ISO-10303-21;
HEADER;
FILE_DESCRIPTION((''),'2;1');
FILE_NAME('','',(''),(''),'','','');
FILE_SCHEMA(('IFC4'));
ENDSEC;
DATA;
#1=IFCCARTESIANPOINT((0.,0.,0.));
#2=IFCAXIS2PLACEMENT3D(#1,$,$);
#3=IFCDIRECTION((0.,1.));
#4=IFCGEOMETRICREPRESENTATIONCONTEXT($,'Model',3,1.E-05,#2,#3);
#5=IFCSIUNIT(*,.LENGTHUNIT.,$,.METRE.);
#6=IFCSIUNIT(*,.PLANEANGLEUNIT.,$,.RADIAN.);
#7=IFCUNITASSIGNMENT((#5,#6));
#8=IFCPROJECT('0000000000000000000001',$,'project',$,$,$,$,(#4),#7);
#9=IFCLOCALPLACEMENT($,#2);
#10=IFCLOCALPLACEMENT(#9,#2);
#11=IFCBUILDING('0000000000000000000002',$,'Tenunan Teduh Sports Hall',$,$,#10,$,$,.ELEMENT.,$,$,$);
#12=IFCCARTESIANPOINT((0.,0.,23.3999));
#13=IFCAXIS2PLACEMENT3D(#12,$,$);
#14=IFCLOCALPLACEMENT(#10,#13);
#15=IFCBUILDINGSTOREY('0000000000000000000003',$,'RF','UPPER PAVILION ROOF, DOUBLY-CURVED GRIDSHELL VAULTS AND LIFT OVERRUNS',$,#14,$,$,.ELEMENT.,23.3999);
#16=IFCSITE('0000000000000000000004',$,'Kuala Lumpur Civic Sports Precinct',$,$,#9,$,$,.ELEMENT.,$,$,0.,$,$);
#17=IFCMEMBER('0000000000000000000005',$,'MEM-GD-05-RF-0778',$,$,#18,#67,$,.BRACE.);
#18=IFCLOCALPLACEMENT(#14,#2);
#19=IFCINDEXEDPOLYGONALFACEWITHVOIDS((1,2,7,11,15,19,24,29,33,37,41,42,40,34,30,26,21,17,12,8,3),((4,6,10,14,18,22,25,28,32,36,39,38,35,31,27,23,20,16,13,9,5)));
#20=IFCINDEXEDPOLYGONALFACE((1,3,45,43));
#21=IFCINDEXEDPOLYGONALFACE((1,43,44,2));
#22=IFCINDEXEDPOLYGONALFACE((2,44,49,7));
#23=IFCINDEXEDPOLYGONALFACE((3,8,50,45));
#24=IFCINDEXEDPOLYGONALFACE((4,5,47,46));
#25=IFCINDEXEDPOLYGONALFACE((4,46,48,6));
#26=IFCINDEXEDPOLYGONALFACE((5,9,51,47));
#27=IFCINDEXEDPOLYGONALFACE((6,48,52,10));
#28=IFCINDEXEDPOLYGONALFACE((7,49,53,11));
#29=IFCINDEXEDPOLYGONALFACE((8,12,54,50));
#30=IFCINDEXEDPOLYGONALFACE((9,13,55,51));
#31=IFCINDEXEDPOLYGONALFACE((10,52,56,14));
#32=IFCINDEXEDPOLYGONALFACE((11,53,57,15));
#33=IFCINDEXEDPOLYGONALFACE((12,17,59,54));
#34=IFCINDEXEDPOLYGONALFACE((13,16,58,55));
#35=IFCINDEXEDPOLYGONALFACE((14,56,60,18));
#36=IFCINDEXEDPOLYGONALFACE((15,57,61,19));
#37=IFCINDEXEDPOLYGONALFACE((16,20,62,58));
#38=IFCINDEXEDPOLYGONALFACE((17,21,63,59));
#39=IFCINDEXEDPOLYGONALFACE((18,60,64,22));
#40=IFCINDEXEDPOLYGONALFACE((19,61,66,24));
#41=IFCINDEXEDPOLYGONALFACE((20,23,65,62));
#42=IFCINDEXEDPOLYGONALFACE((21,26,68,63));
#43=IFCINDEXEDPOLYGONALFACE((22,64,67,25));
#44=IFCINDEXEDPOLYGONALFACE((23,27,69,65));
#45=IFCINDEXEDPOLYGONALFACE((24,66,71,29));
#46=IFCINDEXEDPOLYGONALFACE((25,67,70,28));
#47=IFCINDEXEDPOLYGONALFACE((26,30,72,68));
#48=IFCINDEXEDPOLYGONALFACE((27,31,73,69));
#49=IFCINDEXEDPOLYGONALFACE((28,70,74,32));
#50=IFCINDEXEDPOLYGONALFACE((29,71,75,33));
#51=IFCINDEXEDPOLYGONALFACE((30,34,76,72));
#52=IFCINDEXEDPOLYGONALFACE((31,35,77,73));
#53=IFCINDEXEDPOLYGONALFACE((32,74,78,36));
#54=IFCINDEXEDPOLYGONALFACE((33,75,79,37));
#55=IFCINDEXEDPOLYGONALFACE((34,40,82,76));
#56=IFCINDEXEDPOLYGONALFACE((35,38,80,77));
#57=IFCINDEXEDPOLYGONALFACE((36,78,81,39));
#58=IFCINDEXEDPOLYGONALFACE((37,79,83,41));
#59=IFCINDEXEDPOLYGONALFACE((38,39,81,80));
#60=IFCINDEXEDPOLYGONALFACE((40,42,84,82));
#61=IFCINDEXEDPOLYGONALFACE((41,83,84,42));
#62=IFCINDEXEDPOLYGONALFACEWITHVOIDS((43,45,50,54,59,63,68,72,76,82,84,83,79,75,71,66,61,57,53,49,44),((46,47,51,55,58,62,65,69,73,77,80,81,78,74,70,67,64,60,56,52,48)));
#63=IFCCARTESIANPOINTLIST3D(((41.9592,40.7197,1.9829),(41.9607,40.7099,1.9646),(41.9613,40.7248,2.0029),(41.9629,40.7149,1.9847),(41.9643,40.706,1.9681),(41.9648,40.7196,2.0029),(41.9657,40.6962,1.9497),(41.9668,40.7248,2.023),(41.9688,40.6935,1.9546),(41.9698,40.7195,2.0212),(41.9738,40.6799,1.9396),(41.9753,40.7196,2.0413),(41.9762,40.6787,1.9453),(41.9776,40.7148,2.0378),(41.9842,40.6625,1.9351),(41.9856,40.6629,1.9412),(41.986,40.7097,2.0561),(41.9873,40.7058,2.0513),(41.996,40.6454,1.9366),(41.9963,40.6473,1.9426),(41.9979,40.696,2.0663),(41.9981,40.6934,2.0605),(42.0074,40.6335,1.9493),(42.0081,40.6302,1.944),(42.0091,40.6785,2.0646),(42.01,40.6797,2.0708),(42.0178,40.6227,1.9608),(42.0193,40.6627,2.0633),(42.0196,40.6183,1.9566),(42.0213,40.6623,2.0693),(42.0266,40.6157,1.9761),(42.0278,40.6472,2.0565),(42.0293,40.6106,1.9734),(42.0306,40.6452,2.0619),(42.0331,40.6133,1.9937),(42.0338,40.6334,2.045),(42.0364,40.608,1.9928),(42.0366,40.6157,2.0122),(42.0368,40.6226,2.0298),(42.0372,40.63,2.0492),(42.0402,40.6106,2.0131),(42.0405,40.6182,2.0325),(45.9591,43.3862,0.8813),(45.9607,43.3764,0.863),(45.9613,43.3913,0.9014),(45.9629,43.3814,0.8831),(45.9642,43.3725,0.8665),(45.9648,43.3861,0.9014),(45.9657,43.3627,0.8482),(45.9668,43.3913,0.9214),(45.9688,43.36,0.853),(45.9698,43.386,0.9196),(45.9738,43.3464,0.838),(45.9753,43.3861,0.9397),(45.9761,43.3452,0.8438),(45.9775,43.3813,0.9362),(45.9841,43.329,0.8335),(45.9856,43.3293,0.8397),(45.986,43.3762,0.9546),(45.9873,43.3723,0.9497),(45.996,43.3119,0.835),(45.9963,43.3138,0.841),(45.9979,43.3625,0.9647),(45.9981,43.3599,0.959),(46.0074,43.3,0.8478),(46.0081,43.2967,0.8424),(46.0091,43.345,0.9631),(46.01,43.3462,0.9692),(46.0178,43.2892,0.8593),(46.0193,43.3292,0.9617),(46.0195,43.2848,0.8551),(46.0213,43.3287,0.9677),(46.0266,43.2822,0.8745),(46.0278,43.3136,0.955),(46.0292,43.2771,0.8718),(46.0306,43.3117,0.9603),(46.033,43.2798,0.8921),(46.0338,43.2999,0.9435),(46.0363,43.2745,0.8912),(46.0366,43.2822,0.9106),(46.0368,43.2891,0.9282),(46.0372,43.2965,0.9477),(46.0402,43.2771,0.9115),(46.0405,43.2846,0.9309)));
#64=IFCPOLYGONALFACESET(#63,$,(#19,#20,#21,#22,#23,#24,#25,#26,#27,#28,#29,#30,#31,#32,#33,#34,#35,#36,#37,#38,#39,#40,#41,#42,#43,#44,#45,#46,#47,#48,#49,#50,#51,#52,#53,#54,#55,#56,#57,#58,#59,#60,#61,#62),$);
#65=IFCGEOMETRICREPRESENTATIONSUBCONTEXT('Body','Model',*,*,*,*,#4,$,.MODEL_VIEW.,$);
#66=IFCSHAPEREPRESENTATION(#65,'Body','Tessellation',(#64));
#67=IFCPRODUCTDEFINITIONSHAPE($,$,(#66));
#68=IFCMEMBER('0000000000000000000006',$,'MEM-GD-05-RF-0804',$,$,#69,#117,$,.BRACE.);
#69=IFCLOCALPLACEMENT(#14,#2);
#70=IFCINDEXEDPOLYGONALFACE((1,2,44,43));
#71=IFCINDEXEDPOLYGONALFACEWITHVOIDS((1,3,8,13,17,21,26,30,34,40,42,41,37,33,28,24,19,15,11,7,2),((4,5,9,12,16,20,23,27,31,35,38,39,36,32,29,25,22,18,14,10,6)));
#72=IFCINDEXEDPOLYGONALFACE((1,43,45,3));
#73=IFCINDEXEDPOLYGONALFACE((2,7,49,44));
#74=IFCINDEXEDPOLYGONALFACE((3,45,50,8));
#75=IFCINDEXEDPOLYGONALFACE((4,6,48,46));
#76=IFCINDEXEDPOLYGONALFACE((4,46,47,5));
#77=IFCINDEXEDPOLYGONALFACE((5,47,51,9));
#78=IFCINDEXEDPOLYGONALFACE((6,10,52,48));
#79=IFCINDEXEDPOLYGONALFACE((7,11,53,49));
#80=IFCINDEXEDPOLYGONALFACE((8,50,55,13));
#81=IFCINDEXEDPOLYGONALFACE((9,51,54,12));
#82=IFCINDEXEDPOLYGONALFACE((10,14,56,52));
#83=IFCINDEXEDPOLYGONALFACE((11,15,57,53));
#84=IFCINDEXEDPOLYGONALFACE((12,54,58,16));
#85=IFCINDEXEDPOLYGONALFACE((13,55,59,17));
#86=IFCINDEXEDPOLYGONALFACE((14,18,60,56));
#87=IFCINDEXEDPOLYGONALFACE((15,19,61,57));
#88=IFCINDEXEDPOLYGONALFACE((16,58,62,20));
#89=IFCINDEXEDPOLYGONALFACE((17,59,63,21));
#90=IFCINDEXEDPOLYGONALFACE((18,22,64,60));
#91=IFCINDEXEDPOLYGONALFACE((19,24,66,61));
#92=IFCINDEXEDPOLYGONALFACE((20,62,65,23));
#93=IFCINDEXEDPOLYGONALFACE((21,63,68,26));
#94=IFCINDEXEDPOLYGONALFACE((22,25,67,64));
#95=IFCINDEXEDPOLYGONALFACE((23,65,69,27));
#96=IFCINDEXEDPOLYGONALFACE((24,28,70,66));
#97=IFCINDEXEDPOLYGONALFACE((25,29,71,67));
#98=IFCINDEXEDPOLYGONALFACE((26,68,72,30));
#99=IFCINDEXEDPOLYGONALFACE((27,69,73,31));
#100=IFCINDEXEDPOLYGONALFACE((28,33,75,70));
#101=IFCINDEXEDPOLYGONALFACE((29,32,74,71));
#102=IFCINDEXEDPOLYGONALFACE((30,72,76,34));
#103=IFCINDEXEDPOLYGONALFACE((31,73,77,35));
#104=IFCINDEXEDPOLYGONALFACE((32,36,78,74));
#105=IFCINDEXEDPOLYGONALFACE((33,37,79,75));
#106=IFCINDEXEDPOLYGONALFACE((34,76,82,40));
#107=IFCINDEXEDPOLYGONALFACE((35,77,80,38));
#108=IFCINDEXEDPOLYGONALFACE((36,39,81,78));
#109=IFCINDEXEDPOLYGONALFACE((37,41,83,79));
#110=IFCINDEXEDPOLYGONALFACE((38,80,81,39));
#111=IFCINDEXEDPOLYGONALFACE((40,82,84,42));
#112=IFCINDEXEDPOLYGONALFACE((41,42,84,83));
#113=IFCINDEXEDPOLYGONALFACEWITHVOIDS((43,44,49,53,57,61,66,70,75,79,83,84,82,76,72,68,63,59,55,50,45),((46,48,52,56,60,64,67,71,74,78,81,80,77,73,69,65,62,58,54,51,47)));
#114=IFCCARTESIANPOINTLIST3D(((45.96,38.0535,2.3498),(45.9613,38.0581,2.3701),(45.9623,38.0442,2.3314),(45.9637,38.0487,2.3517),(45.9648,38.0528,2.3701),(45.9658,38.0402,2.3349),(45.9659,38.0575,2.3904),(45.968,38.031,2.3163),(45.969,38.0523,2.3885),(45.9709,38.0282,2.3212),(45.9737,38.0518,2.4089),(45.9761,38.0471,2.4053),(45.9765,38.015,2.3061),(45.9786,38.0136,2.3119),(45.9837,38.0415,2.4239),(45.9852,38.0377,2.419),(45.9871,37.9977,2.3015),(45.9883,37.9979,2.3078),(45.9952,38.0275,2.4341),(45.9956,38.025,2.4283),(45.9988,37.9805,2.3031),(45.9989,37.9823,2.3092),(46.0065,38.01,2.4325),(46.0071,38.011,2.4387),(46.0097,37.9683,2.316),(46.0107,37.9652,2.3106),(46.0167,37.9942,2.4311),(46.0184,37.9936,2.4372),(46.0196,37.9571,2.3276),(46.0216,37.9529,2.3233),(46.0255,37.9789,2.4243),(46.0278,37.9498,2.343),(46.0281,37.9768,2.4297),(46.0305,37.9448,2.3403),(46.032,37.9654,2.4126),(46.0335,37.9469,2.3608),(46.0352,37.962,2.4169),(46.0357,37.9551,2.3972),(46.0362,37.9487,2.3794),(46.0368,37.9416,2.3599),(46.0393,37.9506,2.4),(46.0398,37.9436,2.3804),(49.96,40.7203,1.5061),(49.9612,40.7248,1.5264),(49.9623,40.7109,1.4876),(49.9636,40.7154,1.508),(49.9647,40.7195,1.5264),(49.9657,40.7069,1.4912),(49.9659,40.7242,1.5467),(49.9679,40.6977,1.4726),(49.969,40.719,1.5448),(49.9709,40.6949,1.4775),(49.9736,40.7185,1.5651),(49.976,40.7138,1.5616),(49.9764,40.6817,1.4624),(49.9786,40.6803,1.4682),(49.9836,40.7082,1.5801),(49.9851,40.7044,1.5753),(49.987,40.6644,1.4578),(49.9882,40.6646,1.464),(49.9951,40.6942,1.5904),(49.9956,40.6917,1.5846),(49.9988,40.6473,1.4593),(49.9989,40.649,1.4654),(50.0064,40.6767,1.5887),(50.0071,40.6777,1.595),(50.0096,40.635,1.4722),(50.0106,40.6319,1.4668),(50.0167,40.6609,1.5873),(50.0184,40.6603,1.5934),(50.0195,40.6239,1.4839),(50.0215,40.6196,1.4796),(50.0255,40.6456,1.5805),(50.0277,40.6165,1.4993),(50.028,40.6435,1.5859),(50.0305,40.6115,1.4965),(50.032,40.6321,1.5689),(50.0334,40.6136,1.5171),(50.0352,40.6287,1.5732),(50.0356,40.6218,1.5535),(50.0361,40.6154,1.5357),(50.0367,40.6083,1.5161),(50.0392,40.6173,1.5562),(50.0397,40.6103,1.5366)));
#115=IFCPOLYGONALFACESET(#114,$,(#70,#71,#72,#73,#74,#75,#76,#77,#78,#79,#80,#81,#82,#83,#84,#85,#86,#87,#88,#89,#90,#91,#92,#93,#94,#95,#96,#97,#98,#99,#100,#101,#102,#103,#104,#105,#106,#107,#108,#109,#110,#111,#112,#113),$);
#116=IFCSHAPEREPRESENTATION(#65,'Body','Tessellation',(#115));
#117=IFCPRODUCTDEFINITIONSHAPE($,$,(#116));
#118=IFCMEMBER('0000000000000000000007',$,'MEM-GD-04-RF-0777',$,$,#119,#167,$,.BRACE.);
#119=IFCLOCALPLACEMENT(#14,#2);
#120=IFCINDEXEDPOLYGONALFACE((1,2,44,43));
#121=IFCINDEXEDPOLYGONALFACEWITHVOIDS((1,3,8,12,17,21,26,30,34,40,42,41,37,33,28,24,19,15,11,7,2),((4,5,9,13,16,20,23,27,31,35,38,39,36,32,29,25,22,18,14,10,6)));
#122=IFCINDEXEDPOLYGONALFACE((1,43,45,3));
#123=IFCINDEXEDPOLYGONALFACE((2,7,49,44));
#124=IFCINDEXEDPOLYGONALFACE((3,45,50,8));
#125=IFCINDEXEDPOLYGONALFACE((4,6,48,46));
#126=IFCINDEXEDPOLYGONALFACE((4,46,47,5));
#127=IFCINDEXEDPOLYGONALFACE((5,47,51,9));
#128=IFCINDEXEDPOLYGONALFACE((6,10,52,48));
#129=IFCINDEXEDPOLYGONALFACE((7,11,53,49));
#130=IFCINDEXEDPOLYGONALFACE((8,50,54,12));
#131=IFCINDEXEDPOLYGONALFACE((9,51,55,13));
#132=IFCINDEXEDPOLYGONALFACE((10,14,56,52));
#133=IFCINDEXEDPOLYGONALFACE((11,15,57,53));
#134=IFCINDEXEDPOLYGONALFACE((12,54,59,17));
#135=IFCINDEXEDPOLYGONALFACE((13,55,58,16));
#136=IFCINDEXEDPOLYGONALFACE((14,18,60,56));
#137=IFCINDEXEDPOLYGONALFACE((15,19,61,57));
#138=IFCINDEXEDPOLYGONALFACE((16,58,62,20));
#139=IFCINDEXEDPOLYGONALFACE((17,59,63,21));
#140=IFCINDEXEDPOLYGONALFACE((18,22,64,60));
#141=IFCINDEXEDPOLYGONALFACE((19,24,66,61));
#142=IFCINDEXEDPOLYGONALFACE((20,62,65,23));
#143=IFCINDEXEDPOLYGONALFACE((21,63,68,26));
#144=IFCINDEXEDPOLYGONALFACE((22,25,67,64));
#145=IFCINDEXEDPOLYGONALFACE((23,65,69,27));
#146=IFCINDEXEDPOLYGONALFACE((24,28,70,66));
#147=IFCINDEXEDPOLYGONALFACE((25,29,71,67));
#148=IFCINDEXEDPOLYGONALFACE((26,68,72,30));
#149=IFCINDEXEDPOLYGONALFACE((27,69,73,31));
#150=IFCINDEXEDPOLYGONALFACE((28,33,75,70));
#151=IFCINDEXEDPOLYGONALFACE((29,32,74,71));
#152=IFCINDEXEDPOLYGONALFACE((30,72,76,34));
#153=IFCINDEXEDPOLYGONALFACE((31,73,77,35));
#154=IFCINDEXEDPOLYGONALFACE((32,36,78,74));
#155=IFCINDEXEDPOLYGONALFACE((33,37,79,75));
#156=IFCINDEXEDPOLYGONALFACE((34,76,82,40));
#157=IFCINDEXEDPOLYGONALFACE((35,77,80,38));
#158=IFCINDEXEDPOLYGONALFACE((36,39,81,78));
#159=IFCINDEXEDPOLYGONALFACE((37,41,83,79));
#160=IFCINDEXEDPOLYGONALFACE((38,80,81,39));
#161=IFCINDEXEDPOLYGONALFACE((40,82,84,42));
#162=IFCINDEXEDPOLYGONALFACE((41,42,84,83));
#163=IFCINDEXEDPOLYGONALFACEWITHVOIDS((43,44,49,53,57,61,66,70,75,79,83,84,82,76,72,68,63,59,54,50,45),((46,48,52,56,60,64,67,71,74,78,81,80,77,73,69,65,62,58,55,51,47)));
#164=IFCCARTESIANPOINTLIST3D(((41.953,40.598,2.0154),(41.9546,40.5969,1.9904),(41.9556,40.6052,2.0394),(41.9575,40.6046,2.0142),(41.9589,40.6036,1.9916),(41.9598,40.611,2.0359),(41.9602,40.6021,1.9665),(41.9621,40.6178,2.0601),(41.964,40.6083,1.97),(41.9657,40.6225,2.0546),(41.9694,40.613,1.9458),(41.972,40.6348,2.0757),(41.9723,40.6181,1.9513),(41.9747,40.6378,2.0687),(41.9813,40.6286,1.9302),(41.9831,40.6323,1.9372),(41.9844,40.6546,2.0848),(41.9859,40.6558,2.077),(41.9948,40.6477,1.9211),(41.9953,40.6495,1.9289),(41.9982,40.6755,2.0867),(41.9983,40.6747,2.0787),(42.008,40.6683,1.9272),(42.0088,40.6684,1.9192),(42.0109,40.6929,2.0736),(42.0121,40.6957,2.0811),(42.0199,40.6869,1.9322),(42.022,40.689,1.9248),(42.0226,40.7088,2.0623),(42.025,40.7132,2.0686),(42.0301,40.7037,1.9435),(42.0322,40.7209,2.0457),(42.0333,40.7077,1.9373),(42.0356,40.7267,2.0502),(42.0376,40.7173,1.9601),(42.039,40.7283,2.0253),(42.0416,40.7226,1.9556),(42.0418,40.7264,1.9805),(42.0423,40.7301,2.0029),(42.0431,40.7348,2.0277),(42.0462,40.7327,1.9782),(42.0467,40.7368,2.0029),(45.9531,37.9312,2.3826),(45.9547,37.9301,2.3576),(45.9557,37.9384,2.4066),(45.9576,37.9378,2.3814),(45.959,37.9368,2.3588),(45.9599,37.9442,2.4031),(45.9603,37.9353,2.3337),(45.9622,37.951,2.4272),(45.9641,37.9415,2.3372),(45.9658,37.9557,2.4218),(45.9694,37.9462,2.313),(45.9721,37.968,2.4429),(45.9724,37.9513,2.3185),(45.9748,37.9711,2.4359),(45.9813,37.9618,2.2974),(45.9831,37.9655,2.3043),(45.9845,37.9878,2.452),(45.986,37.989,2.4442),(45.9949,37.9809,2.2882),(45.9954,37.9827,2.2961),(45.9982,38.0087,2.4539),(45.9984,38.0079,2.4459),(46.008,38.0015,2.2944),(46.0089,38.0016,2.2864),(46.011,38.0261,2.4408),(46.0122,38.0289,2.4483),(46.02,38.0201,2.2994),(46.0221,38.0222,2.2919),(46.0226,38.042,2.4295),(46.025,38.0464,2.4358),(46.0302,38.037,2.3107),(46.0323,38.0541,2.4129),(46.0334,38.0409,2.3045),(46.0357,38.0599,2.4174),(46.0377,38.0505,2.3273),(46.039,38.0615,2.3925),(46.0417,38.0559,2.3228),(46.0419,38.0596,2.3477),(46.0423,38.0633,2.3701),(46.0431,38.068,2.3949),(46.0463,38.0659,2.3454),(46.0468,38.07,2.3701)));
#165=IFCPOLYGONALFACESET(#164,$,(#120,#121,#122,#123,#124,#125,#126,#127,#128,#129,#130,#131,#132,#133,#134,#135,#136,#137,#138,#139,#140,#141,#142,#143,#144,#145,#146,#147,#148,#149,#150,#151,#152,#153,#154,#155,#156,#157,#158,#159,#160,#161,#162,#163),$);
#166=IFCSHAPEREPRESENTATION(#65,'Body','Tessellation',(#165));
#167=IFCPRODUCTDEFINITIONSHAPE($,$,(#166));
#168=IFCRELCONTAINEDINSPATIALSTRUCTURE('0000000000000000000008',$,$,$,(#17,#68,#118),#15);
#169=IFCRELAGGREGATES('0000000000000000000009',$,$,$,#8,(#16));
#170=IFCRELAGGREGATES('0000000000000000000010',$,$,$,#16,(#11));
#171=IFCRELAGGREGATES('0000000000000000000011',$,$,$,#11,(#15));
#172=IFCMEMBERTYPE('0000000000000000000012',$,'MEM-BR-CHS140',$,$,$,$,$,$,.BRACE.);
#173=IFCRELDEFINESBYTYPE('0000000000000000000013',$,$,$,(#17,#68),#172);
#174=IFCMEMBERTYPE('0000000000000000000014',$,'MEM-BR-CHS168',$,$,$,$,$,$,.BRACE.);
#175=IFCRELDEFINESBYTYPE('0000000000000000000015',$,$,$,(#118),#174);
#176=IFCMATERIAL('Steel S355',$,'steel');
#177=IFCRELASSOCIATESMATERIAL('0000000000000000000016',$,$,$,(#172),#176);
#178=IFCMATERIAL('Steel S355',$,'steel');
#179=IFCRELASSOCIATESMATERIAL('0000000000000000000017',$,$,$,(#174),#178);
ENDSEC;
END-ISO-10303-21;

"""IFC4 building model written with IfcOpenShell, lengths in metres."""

from ifc_helpers import new_model, si_unit, direction, frame, origin, origin_2d, place, context, subcontext, project, spatial, hollow_circle, extrude, material, material_profile, profile_set, type_object, element, save


model = new_model("IFC4")

# Units and contexts
model_context = context("Model", 3, precision=1e-05, world=origin(), true_north=direction((0.0, 1.0)))
body_context = subcontext(model_context, "Body", "Model", "MODEL_VIEW")
ifc_project = project(units=[si_unit("LENGTHUNIT", "METRE"), si_unit("PLANEANGLEUNIT", "RADIAN")], contexts=[model_context])

# Site, building, storey
site_placement = place(None, origin())
site = spatial("IfcSite", under=ifc_project, at=site_placement, Name="Kuala Lumpur Civic Sports Precinct", CompositionType="ELEMENT", RefElevation=0.0)
building_placement = place(site_placement, origin())
building = spatial("IfcBuilding", under=site, at=building_placement, Name="Tenunan Teduh Sports Hall", CompositionType="ELEMENT")
storey_placement = place(building_placement, frame((0.0, 0.0, 23.3999)))
storey = spatial("IfcBuildingStorey", under=building, at=storey_placement, Name="RF", Description="UPPER PAVILION ROOF, DOUBLY-CURVED GRIDSHELL VAULTS AND LIFT OVERRUNS", CompositionType="ELEMENT", Elevation=23.3999)

# Members
ifc_material_1 = material(Name="Steel S355", Category="steel")
ifc_material_profile_1 = material_profile(ifc_material_1, hollow_circle(Radius=0.0698, WallThickness=0.0063, at=origin_2d()), Name="CHS 139.7x6.3")
ifc_profile_set_1 = profile_set([ifc_material_profile_1], Name="Steel S355")
member_type_1 = type_object("IfcMemberType", Name="MEM-BR-CHS140", PredefinedType="BRACE", material=ifc_profile_set_1)
member_1_placement = place(storey_placement, frame((42.0, 40.6667, 2.0029), z_axis=(0.811046, 0.540664, -0.223354), x_axis=(-0.554677, 0.832066, 0.0)))
element("IfcMember", 1, at=member_1_placement, inside=storey, type_object=member_type_1, Name="MEM-GD-05-RF-0778", PredefinedType="BRACE", context=body_context, shape_type="SweptSolid", body=[
    extrude(hollow_circle(Radius=0.0698, WallThickness=0.0063, at=origin_2d()), origin(), (0.0, 0.0, 1.0), 4.9319),
])
member_2_placement = place(storey_placement, frame((46.0, 38.0, 2.3701), z_axis=(0.819516, 0.546361, -0.172867), x_axis=(-0.554712, 0.832042, 0.0)))
element("IfcMember", 2, at=member_2_placement, inside=storey, type_object=member_type_1, Name="MEM-GD-05-RF-0804", PredefinedType="BRACE", context=body_context, shape_type="SweptSolid", body=[
    extrude(hollow_circle(Radius=0.0698, WallThickness=0.0063, at=origin_2d()), origin(), (0.0, 0.0, 1.0), 4.8809),
])
ifc_material_2 = material(Name="Steel S355", Category="steel")
ifc_material_profile_2 = material_profile(ifc_material_2, hollow_circle(Radius=0.0842, WallThickness=0.0081, at=origin_2d()), Name="CHS 168.3x8.0")
ifc_profile_set_2 = profile_set([ifc_material_profile_2], Name="Steel S355")
member_type_2 = type_object("IfcMemberType", Name="MEM-BR-CHS168", PredefinedType="BRACE", material=ifc_profile_set_2)
member_3_placement = place(storey_placement, frame((42.0, 40.6667, 2.0029), z_axis=(0.829626, -0.553101, 0.076157), x_axis=(0.554712, 0.832042, 0.0)))
element("IfcMember", 3, at=member_3_placement, inside=storey, type_object=member_type_2, Name="MEM-GD-04-RF-0777", PredefinedType="BRACE", context=body_context, shape_type="SweptSolid", body=[
    extrude(hollow_circle(Radius=0.0842, WallThickness=0.0081, at=origin_2d()), origin(), (0.0, 0.0, 1.0), 4.8215),
])

save(model, "model.ifc")
